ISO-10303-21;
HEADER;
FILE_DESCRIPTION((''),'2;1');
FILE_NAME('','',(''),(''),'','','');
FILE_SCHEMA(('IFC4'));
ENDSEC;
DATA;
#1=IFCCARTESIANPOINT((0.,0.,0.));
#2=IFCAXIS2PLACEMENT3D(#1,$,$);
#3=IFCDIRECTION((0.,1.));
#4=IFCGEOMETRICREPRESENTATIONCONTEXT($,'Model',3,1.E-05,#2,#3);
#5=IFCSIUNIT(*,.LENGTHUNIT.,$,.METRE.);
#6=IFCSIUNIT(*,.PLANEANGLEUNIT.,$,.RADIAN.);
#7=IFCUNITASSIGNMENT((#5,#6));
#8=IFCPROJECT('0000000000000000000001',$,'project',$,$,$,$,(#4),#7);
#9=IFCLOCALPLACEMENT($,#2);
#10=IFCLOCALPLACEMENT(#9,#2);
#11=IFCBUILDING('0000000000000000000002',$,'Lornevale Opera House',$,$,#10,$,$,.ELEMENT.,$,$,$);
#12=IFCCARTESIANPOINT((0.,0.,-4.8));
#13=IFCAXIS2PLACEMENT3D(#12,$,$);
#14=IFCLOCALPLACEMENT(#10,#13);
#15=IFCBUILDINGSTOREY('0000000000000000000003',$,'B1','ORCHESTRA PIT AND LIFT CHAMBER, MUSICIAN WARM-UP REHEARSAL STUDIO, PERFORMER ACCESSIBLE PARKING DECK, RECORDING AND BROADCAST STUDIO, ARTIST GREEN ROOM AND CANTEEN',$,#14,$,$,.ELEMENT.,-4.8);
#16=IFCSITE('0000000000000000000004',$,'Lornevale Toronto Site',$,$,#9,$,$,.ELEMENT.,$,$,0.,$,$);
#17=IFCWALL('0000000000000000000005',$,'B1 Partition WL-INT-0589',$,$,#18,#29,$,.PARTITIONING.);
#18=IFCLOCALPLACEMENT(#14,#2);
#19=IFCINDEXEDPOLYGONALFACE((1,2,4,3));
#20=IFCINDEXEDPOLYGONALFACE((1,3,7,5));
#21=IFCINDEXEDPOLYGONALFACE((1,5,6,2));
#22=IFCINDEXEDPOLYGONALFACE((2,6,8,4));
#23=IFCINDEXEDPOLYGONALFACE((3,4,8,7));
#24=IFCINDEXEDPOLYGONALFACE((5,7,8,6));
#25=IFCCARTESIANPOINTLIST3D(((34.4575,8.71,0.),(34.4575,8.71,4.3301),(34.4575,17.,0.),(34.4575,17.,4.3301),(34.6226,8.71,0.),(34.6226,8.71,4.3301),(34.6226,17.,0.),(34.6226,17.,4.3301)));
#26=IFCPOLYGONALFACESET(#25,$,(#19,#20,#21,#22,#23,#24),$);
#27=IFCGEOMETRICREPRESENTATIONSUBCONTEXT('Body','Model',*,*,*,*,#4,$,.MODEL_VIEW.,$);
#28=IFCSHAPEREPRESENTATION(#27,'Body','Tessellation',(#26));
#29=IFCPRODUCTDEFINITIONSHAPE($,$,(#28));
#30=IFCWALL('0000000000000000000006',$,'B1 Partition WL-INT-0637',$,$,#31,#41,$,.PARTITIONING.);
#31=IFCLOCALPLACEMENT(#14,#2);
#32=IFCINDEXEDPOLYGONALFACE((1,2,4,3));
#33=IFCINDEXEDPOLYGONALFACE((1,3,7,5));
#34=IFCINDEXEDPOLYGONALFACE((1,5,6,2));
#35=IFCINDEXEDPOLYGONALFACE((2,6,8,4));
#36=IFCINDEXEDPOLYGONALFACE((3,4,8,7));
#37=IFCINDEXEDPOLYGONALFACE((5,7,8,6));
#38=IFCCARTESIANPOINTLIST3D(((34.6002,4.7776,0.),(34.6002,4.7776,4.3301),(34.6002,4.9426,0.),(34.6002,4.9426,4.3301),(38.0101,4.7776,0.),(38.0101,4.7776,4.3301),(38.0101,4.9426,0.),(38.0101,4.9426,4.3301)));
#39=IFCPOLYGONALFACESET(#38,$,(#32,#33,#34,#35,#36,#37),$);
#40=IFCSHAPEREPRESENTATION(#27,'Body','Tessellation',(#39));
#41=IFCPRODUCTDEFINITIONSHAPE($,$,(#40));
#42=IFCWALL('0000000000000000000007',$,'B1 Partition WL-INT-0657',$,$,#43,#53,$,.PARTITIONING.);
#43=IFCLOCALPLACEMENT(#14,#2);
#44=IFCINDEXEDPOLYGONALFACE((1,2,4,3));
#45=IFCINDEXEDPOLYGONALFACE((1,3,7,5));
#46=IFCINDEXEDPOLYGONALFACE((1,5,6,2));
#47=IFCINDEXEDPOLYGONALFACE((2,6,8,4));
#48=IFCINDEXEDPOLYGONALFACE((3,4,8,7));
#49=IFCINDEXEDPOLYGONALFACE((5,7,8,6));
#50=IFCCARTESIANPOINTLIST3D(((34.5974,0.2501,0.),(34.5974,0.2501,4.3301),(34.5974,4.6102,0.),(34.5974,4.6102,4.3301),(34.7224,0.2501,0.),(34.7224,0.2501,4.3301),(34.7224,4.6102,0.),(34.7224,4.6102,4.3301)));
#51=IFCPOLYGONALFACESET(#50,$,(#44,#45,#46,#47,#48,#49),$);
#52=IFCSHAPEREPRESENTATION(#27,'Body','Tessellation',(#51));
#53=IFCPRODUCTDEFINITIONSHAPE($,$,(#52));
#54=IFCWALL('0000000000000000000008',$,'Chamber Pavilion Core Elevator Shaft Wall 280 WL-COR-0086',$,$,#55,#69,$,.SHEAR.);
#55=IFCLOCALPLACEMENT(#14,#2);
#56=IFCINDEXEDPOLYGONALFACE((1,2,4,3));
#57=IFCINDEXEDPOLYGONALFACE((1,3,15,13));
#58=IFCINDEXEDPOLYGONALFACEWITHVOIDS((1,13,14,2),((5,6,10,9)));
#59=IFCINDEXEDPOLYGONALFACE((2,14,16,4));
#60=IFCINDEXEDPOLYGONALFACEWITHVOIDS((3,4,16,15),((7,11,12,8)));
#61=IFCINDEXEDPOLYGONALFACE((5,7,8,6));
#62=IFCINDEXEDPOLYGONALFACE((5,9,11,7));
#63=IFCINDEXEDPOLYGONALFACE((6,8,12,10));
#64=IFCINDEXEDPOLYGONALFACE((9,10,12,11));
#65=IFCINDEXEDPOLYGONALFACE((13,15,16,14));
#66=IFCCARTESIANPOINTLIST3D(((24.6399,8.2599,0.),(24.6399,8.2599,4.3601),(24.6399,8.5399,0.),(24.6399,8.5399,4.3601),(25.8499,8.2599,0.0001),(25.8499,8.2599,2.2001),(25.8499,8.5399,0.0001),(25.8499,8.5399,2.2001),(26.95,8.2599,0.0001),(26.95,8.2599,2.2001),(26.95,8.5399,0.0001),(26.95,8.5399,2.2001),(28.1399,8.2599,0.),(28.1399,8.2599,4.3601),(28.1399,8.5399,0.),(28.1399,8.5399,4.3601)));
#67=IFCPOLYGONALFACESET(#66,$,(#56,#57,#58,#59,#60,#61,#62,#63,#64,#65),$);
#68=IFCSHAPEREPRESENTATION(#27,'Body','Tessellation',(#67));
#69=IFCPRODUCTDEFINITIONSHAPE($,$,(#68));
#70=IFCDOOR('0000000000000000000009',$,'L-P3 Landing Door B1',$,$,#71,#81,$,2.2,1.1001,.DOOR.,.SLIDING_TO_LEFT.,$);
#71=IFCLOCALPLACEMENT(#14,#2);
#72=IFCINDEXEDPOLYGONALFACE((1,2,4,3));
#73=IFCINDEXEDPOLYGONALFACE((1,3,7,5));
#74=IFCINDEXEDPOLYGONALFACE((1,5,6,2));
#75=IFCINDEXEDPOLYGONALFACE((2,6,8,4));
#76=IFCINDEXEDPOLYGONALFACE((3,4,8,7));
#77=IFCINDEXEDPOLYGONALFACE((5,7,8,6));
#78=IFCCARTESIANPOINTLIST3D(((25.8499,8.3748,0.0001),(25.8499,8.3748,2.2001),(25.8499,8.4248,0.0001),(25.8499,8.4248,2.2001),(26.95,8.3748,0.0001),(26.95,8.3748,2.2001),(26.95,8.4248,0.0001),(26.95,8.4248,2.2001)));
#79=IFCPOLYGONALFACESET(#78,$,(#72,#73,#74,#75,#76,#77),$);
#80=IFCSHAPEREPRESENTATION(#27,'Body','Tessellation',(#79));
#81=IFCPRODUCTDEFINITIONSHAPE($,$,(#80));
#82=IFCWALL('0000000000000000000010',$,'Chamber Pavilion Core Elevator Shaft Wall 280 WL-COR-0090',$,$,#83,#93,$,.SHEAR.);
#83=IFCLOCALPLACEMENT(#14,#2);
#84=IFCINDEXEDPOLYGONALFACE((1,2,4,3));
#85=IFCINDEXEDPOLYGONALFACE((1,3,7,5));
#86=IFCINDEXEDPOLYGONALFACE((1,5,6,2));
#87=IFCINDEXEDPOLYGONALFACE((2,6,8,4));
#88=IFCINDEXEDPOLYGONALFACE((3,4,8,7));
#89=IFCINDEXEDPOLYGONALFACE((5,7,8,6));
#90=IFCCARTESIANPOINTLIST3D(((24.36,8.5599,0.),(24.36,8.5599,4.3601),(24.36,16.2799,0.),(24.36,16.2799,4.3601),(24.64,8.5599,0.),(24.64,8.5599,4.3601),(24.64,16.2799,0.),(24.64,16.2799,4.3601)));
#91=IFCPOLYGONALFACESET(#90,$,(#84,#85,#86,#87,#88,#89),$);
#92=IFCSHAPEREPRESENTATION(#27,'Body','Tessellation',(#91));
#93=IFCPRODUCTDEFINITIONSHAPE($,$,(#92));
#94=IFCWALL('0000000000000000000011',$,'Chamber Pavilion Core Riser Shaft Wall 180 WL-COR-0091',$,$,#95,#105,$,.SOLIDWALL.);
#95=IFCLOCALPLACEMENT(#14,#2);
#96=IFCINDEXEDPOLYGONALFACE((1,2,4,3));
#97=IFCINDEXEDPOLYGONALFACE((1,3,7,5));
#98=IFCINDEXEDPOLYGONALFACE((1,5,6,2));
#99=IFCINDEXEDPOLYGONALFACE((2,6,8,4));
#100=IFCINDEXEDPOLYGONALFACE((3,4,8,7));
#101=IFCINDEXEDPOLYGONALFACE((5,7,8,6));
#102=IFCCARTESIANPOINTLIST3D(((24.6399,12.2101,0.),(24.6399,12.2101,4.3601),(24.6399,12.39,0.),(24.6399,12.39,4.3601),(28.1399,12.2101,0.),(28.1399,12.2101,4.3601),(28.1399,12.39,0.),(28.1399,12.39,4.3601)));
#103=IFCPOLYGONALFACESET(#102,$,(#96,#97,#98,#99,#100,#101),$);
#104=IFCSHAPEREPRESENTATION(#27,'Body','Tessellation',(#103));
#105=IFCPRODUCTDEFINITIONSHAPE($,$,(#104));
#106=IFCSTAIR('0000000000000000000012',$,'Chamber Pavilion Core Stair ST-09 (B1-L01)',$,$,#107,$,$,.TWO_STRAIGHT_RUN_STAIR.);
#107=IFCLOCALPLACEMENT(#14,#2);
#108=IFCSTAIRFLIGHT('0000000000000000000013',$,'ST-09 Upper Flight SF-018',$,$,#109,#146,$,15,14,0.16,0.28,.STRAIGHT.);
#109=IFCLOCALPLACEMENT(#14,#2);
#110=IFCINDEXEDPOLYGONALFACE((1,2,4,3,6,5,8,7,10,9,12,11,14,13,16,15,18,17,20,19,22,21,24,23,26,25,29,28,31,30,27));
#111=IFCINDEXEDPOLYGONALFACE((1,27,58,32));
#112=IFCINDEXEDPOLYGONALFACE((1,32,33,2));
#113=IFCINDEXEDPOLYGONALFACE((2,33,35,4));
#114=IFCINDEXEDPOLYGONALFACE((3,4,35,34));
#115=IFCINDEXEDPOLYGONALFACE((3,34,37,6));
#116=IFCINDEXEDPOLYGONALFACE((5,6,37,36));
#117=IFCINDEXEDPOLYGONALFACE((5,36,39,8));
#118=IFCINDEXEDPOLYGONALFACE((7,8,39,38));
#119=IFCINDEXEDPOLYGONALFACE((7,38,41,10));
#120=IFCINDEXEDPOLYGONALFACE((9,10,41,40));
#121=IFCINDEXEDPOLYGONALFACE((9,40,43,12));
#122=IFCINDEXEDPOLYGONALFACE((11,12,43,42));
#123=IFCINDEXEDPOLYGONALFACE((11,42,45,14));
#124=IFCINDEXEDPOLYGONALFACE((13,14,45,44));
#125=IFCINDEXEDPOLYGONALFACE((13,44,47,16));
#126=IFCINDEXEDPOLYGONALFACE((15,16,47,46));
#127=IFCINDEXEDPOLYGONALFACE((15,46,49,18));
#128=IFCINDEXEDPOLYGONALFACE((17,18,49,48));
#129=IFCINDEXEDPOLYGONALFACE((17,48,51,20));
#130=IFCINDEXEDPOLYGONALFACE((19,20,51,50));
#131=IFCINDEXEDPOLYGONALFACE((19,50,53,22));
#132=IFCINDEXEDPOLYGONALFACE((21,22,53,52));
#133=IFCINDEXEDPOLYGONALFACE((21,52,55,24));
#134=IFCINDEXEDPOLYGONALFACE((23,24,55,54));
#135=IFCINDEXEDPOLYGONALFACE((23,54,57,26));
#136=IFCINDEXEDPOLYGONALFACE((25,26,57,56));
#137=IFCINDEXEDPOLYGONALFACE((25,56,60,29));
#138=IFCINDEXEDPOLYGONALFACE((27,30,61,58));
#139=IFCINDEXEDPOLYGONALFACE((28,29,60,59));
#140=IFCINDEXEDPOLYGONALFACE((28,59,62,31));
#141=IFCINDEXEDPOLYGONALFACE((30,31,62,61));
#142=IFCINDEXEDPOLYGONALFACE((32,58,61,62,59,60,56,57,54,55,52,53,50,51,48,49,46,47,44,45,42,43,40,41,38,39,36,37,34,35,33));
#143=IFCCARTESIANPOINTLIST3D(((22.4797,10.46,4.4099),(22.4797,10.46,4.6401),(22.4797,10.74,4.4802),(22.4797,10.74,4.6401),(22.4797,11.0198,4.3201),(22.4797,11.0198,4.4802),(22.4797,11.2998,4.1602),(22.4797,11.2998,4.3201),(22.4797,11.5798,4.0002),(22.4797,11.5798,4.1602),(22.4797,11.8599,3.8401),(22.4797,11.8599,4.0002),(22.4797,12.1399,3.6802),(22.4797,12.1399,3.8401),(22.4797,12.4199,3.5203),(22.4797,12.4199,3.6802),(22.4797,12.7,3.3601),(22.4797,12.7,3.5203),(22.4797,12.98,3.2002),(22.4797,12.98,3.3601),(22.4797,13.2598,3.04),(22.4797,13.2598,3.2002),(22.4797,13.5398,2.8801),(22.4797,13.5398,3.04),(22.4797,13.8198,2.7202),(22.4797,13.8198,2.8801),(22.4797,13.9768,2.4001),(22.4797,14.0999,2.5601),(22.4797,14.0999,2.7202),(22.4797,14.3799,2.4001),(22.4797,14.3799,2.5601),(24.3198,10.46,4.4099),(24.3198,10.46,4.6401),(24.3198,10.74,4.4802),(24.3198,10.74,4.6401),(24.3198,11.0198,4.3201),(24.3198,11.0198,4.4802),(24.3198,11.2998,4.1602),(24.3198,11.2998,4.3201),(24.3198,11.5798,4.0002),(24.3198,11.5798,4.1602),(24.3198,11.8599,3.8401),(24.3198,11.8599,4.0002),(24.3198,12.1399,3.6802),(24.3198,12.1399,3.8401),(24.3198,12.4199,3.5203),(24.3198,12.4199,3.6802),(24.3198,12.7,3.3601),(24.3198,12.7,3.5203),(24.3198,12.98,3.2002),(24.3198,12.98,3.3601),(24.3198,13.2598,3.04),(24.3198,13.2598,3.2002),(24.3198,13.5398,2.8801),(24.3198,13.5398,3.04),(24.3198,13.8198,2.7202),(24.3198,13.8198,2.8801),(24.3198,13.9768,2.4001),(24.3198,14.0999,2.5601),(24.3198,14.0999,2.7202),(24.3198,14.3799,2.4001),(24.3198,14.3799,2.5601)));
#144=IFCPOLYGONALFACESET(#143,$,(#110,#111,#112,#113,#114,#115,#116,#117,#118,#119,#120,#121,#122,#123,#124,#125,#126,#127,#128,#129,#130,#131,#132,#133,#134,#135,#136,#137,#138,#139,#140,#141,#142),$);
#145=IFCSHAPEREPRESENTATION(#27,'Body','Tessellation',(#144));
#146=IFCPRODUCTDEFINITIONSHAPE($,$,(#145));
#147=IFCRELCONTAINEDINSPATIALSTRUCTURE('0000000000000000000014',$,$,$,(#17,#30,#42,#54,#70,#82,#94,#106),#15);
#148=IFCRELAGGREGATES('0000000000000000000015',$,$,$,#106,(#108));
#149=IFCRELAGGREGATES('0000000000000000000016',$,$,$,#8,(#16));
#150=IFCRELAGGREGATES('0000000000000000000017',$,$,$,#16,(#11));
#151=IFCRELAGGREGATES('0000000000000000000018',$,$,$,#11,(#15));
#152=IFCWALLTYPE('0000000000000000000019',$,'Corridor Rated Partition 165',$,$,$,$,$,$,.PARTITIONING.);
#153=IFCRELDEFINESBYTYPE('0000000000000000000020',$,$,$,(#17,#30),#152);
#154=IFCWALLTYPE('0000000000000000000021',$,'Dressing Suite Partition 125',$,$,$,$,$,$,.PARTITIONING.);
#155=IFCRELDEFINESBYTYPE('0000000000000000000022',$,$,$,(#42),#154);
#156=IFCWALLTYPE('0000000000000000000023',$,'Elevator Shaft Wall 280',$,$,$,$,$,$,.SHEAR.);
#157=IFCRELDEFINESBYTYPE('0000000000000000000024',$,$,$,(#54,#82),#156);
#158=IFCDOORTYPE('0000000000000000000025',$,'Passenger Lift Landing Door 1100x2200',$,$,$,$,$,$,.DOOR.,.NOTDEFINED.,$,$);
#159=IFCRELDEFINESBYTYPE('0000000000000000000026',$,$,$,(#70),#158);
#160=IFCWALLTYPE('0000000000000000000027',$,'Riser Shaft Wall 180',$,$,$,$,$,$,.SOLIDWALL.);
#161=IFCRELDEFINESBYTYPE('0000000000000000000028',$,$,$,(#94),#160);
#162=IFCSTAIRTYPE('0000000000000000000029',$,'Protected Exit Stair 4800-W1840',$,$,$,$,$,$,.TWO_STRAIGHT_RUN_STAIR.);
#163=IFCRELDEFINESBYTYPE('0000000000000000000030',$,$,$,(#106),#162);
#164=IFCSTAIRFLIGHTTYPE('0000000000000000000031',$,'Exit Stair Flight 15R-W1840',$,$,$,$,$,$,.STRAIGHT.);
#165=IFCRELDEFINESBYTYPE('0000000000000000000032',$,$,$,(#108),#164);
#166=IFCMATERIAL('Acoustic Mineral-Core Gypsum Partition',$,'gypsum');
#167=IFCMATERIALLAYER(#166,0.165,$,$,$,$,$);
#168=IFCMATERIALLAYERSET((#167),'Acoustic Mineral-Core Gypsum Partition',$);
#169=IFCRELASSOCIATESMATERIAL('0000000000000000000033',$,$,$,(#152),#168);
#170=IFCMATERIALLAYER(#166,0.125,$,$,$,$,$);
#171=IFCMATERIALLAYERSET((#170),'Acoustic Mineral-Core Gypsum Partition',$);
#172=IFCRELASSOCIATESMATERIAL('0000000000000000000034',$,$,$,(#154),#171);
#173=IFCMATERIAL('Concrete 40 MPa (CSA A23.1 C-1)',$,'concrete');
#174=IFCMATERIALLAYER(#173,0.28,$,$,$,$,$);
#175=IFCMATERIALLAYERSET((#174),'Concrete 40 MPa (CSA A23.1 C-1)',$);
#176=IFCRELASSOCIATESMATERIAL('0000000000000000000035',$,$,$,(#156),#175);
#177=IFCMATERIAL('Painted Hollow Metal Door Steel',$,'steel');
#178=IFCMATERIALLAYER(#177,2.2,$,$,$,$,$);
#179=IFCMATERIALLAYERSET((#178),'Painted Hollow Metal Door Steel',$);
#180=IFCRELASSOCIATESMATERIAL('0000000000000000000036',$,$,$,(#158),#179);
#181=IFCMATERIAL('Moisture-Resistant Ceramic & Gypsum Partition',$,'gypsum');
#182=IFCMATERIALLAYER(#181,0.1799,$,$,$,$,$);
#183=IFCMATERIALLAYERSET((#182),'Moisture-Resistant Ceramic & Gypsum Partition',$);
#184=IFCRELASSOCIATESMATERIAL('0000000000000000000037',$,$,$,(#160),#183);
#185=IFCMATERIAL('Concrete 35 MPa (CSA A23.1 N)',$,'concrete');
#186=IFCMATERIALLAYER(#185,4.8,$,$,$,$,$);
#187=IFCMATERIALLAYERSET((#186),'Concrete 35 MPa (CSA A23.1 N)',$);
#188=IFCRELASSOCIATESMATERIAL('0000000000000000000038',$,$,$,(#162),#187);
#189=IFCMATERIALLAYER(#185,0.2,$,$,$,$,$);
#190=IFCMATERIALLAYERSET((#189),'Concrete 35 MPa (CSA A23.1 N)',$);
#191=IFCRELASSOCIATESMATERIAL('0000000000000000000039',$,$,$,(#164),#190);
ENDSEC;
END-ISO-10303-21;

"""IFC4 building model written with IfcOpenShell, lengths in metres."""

from ifc_helpers import new_model, si_unit, direction, frame, frame_2d, origin, place, context, subcontext, project, spatial, polyline, rectangle, outline, extrude, material, layer, layer_set, type_object, element, fill, aggregate, save


model = new_model("IFC4")

# Units and contexts
model_context = context("Model", 3, precision=1e-05, world=origin(), true_north=direction((0.0, 1.0)))
body_context = subcontext(model_context, "Body", "Model", "MODEL_VIEW")
ifc_project = project(units=[si_unit("LENGTHUNIT", "METRE"), si_unit("PLANEANGLEUNIT", "RADIAN")], contexts=[model_context])

# Site, building, storey
site_placement = place(None, origin())
site = spatial("IfcSite", under=ifc_project, at=site_placement, Name="Lornevale Toronto Site", CompositionType="ELEMENT", RefElevation=0.0)
building_placement = place(site_placement, origin())
building = spatial("IfcBuilding", under=site, at=building_placement, Name="Lornevale Opera House", CompositionType="ELEMENT")
storey_placement = place(building_placement, frame((0.0, 0.0, -4.8)))
storey = spatial("IfcBuildingStorey", under=building, at=storey_placement, Name="B1", Description="ORCHESTRA PIT AND LIFT CHAMBER, MUSICIAN WARM-UP REHEARSAL STUDIO, PERFORMER ACCESSIBLE PARKING DECK, RECORDING AND BROADCAST STUDIO, ARTIST GREEN ROOM AND CANTEEN", CompositionType="ELEMENT", Elevation=-4.8)

# Shared definitions
ifc_material_1 = material(Name="Concrete 40 MPa (CSA A23.1 C-1)", Category="concrete")

# Shared definitions
ifc_material_2 = material(Name="Concrete 35 MPa (CSA A23.1 N)", Category="concrete")

# Walls
ifc_material_3 = material(Name="Acoustic Mineral-Core Gypsum Partition", Category="gypsum")
ifc_layer_1 = layer(ifc_material_3, 0.165)
ifc_layer_set_1 = layer_set([ifc_layer_1], Name="Acoustic Mineral-Core Gypsum Partition")
wall_type_1 = type_object("IfcWallType", Name="Corridor Rated Partition 165", PredefinedType="PARTITIONING", material=ifc_layer_set_1)
wall_1_placement = place(storey_placement, frame((34.54, 8.71, 0.0), z_axis=(0.0, 0.0, 1.0), x_axis=(0.0, 1.0, 0.0)))
element("IfcWall", 1, at=wall_1_placement, inside=storey, type_object=wall_type_1, Name="B1 Partition WL-INT-0589", PredefinedType="PARTITIONING", context=body_context, shape_type="SweptSolid", body=[
    extrude(rectangle(XDim=8.29, YDim=0.165, at=frame_2d((4.145, 0.0))), origin(), (0.0, 0.0, 1.0), 4.3301),
])
wall_2_placement = place(storey_placement, frame((34.6001, 4.8601, 0.0), z_axis=(0.0, 0.0, 1.0), x_axis=(1.0, 0.0, 0.0)))
element("IfcWall", 2, at=wall_2_placement, inside=storey, type_object=wall_type_1, Name="B1 Partition WL-INT-0637", PredefinedType="PARTITIONING", context=body_context, shape_type="SweptSolid", body=[
    extrude(rectangle(XDim=3.4099, YDim=0.165, at=frame_2d((1.7051, 0.0))), origin(), (0.0, 0.0, 1.0), 4.3301),
])
ifc_layer_2 = layer(ifc_material_3, 0.125)
ifc_layer_set_2 = layer_set([ifc_layer_2], Name="Acoustic Mineral-Core Gypsum Partition")
wall_type_2 = type_object("IfcWallType", Name="Dressing Suite Partition 125", PredefinedType="PARTITIONING", material=ifc_layer_set_2)
wall_3_placement = place(storey_placement, frame((34.6599, 0.25, 0.0), z_axis=(0.0, 0.0, 1.0), x_axis=(0.0, 1.0, 0.0)))
element("IfcWall", 3, at=wall_3_placement, inside=storey, type_object=wall_type_2, Name="B1 Partition WL-INT-0657", PredefinedType="PARTITIONING", context=body_context, shape_type="SweptSolid", body=[
    extrude(rectangle(XDim=4.3601, YDim=0.125, at=frame_2d((2.1802, 0.0))), origin(), (0.0, 0.0, 1.0), 4.3301),
])

# Wall, opening, door
ifc_layer_3 = layer(ifc_material_1, 0.28)
ifc_layer_set_3 = layer_set([ifc_layer_3], Name="Concrete 40 MPa (CSA A23.1 C-1)")
wall_type_3 = type_object("IfcWallType", Name="Elevator Shaft Wall 280", PredefinedType="SHEAR", material=ifc_layer_set_3)
wall_4_placement = place(storey_placement, frame((24.6399, 8.3999, 0.0), z_axis=(0.0, 0.0, 1.0), x_axis=(1.0, 0.0, 0.0)))
wall_4 = element("IfcWall", 4, at=wall_4_placement, inside=storey, type_object=wall_type_3, Name="Chamber Pavilion Core Elevator Shaft Wall 280 WL-COR-0086", PredefinedType="SHEAR", context=body_context, shape_type="SweptSolid", body=[
    extrude(rectangle(XDim=3.5, YDim=0.28, at=frame_2d((1.75, 0.0))), origin(), (0.0, 0.0, 1.0), 4.3601),
])
opening_placement = place(wall_4_placement, frame((1.21, 0.0, 0.0)))
opening = element("IfcOpeningElement", 5, at=opening_placement, cuts=wall_4, PredefinedType="OPENING", context=body_context, shape_type="SweptSolid", body=[
    extrude(rectangle(XDim=1.1001, YDim=2.2, at=frame_2d((0.55, 1.1001))), frame((0.0, 0.1499, 0.0), z_axis=(0.0, -1.0, 0.0), x_axis=(1.0, 0.0, 0.0)), (0.0, 0.0, 1.0), 0.3),
])
ifc_material_4 = material(Name="Painted Hollow Metal Door Steel", Category="steel")
ifc_layer_4 = layer(ifc_material_4, 2.2)
ifc_layer_set_4 = layer_set([ifc_layer_4], Name="Painted Hollow Metal Door Steel")
door_type = type_object("IfcDoorType", Name="Passenger Lift Landing Door 1100x2200", OperationType="NOTDEFINED", PredefinedType="DOOR", material=ifc_layer_set_4)
door_placement = place(opening_placement, origin())
door = element("IfcDoor", 6, at=door_placement, inside=storey, type_object=door_type, Name="L-P3 Landing Door B1", OperationType="SLIDING_TO_LEFT", OverallHeight=2.2, OverallWidth=1.1001, PredefinedType="DOOR", context=body_context, shape_type="SweptSolid", body=[
    extrude(rectangle(XDim=1.1001, YDim=2.2, at=frame_2d((0.55, 1.1001))), frame((0.0, 0.0249, 0.0), z_axis=(0.0, -1.0, 0.0), x_axis=(1.0, 0.0, 0.0)), (0.0, 0.0, 1.0), 0.05),
])
fill(opening, door)

# Walls
wall_5_placement = place(storey_placement, frame((24.5, 8.5601, 0.0), z_axis=(0.0, 0.0, 1.0), x_axis=(0.0, 1.0, 0.0)))
element("IfcWall", 7, at=wall_5_placement, inside=storey, type_object=wall_type_3, Name="Chamber Pavilion Core Elevator Shaft Wall 280 WL-COR-0090", PredefinedType="SHEAR", context=body_context, shape_type="SweptSolid", body=[
    extrude(rectangle(XDim=7.72, YDim=0.28, at=frame_2d((3.8599, 0.0))), origin(), (0.0, 0.0, 1.0), 4.3601),
])
ifc_material_5 = material(Name="Moisture-Resistant Ceramic & Gypsum Partition", Category="gypsum")
ifc_layer_5 = layer(ifc_material_5, 0.1799)
ifc_layer_set_5 = layer_set([ifc_layer_5], Name="Moisture-Resistant Ceramic & Gypsum Partition")
wall_type_4 = type_object("IfcWallType", Name="Riser Shaft Wall 180", PredefinedType="SOLIDWALL", material=ifc_layer_set_5)
wall_6_placement = place(storey_placement, frame((24.6399, 12.3, 0.0), z_axis=(0.0, 0.0, 1.0), x_axis=(1.0, 0.0, 0.0)))
element("IfcWall", 8, at=wall_6_placement, inside=storey, type_object=wall_type_4, Name="Chamber Pavilion Core Riser Shaft Wall 180 WL-COR-0091", PredefinedType="SOLIDWALL", context=body_context, shape_type="SweptSolid", body=[
    extrude(rectangle(XDim=3.5, YDim=0.1799, at=frame_2d((1.75, 0.0))), origin(), (0.0, 0.0, 1.0), 4.3601),
])

# Stair, stair flight
ifc_layer_6 = layer(ifc_material_2, 4.8)
ifc_layer_set_6 = layer_set([ifc_layer_6], Name="Concrete 35 MPa (CSA A23.1 N)")
stair_type = type_object("IfcStairType", Name="Protected Exit Stair 4800-W1840", PredefinedType="TWO_STRAIGHT_RUN_STAIR", material=ifc_layer_set_6)
stair_placement = place(storey_placement, origin())
stair = element("IfcStair", 9, at=stair_placement, inside=storey, type_object=stair_type, Name="Chamber Pavilion Core Stair ST-09 (B1-L01)", PredefinedType="TWO_STRAIGHT_RUN_STAIR")
ifc_layer_7 = layer(ifc_material_2, 0.2)
ifc_layer_set_7 = layer_set([ifc_layer_7], Name="Concrete 35 MPa (CSA A23.1 N)")
stair_flight_type = type_object("IfcStairFlightType", Name="Exit Stair Flight 15R-W1840", PredefinedType="STRAIGHT", material=ifc_layer_set_7)
stair_flight_placement = place(storey_placement, frame((23.3999, 14.3799, 2.4001), z_axis=(0.0, 0.0, 1.0), x_axis=(0.0, -1.0, 0.0)))
stair_flight = element("IfcStairFlight", 10, at=stair_flight_placement, type_object=stair_flight_type, Name="ST-09 Upper Flight SF-018", NumberOfRisers=15, NumberOfTreads=14, PredefinedType="STRAIGHT", RiserHeight=0.16, TreadLength=0.28, context=body_context, shape_type="SweptSolid", body=[
    extrude(outline(polyline([(0.0, 0.0), (0.0, 0.1599), (0.28, 0.1599), (0.28, 0.3201), (0.5601, 0.3201), (0.5601, 0.48), (0.8401, 0.48), (0.8401, 0.6399), (1.1201, 0.6399), (1.1201, 0.8), (1.3999, 0.8), (1.3999, 0.96), (1.6799, 0.96), (1.6799, 1.1201), (1.96, 1.1201), (1.96, 1.28), (2.24, 1.28), (2.24, 1.4399), (2.52, 1.4399), (2.52, 1.6001), (2.8, 1.6001), (2.8, 1.76), (3.0801, 1.76), (3.0801, 1.9199), (3.3601, 1.9199), (3.3601, 2.0801), (3.6399, 2.0801), (3.6399, 2.24), (3.9199, 2.24), (3.9199, 2.0098), (0.4031, 0.0), (0.0, 0.0)])), frame((0.0, 0.9199, 0.0), z_axis=(0.0, -1.0, 0.0), x_axis=(1.0, 0.0, 0.0)), (0.0, 0.0, 1.0), 1.8401),
])
aggregate(stair, [stair_flight])

save(model, "model.ifc")
